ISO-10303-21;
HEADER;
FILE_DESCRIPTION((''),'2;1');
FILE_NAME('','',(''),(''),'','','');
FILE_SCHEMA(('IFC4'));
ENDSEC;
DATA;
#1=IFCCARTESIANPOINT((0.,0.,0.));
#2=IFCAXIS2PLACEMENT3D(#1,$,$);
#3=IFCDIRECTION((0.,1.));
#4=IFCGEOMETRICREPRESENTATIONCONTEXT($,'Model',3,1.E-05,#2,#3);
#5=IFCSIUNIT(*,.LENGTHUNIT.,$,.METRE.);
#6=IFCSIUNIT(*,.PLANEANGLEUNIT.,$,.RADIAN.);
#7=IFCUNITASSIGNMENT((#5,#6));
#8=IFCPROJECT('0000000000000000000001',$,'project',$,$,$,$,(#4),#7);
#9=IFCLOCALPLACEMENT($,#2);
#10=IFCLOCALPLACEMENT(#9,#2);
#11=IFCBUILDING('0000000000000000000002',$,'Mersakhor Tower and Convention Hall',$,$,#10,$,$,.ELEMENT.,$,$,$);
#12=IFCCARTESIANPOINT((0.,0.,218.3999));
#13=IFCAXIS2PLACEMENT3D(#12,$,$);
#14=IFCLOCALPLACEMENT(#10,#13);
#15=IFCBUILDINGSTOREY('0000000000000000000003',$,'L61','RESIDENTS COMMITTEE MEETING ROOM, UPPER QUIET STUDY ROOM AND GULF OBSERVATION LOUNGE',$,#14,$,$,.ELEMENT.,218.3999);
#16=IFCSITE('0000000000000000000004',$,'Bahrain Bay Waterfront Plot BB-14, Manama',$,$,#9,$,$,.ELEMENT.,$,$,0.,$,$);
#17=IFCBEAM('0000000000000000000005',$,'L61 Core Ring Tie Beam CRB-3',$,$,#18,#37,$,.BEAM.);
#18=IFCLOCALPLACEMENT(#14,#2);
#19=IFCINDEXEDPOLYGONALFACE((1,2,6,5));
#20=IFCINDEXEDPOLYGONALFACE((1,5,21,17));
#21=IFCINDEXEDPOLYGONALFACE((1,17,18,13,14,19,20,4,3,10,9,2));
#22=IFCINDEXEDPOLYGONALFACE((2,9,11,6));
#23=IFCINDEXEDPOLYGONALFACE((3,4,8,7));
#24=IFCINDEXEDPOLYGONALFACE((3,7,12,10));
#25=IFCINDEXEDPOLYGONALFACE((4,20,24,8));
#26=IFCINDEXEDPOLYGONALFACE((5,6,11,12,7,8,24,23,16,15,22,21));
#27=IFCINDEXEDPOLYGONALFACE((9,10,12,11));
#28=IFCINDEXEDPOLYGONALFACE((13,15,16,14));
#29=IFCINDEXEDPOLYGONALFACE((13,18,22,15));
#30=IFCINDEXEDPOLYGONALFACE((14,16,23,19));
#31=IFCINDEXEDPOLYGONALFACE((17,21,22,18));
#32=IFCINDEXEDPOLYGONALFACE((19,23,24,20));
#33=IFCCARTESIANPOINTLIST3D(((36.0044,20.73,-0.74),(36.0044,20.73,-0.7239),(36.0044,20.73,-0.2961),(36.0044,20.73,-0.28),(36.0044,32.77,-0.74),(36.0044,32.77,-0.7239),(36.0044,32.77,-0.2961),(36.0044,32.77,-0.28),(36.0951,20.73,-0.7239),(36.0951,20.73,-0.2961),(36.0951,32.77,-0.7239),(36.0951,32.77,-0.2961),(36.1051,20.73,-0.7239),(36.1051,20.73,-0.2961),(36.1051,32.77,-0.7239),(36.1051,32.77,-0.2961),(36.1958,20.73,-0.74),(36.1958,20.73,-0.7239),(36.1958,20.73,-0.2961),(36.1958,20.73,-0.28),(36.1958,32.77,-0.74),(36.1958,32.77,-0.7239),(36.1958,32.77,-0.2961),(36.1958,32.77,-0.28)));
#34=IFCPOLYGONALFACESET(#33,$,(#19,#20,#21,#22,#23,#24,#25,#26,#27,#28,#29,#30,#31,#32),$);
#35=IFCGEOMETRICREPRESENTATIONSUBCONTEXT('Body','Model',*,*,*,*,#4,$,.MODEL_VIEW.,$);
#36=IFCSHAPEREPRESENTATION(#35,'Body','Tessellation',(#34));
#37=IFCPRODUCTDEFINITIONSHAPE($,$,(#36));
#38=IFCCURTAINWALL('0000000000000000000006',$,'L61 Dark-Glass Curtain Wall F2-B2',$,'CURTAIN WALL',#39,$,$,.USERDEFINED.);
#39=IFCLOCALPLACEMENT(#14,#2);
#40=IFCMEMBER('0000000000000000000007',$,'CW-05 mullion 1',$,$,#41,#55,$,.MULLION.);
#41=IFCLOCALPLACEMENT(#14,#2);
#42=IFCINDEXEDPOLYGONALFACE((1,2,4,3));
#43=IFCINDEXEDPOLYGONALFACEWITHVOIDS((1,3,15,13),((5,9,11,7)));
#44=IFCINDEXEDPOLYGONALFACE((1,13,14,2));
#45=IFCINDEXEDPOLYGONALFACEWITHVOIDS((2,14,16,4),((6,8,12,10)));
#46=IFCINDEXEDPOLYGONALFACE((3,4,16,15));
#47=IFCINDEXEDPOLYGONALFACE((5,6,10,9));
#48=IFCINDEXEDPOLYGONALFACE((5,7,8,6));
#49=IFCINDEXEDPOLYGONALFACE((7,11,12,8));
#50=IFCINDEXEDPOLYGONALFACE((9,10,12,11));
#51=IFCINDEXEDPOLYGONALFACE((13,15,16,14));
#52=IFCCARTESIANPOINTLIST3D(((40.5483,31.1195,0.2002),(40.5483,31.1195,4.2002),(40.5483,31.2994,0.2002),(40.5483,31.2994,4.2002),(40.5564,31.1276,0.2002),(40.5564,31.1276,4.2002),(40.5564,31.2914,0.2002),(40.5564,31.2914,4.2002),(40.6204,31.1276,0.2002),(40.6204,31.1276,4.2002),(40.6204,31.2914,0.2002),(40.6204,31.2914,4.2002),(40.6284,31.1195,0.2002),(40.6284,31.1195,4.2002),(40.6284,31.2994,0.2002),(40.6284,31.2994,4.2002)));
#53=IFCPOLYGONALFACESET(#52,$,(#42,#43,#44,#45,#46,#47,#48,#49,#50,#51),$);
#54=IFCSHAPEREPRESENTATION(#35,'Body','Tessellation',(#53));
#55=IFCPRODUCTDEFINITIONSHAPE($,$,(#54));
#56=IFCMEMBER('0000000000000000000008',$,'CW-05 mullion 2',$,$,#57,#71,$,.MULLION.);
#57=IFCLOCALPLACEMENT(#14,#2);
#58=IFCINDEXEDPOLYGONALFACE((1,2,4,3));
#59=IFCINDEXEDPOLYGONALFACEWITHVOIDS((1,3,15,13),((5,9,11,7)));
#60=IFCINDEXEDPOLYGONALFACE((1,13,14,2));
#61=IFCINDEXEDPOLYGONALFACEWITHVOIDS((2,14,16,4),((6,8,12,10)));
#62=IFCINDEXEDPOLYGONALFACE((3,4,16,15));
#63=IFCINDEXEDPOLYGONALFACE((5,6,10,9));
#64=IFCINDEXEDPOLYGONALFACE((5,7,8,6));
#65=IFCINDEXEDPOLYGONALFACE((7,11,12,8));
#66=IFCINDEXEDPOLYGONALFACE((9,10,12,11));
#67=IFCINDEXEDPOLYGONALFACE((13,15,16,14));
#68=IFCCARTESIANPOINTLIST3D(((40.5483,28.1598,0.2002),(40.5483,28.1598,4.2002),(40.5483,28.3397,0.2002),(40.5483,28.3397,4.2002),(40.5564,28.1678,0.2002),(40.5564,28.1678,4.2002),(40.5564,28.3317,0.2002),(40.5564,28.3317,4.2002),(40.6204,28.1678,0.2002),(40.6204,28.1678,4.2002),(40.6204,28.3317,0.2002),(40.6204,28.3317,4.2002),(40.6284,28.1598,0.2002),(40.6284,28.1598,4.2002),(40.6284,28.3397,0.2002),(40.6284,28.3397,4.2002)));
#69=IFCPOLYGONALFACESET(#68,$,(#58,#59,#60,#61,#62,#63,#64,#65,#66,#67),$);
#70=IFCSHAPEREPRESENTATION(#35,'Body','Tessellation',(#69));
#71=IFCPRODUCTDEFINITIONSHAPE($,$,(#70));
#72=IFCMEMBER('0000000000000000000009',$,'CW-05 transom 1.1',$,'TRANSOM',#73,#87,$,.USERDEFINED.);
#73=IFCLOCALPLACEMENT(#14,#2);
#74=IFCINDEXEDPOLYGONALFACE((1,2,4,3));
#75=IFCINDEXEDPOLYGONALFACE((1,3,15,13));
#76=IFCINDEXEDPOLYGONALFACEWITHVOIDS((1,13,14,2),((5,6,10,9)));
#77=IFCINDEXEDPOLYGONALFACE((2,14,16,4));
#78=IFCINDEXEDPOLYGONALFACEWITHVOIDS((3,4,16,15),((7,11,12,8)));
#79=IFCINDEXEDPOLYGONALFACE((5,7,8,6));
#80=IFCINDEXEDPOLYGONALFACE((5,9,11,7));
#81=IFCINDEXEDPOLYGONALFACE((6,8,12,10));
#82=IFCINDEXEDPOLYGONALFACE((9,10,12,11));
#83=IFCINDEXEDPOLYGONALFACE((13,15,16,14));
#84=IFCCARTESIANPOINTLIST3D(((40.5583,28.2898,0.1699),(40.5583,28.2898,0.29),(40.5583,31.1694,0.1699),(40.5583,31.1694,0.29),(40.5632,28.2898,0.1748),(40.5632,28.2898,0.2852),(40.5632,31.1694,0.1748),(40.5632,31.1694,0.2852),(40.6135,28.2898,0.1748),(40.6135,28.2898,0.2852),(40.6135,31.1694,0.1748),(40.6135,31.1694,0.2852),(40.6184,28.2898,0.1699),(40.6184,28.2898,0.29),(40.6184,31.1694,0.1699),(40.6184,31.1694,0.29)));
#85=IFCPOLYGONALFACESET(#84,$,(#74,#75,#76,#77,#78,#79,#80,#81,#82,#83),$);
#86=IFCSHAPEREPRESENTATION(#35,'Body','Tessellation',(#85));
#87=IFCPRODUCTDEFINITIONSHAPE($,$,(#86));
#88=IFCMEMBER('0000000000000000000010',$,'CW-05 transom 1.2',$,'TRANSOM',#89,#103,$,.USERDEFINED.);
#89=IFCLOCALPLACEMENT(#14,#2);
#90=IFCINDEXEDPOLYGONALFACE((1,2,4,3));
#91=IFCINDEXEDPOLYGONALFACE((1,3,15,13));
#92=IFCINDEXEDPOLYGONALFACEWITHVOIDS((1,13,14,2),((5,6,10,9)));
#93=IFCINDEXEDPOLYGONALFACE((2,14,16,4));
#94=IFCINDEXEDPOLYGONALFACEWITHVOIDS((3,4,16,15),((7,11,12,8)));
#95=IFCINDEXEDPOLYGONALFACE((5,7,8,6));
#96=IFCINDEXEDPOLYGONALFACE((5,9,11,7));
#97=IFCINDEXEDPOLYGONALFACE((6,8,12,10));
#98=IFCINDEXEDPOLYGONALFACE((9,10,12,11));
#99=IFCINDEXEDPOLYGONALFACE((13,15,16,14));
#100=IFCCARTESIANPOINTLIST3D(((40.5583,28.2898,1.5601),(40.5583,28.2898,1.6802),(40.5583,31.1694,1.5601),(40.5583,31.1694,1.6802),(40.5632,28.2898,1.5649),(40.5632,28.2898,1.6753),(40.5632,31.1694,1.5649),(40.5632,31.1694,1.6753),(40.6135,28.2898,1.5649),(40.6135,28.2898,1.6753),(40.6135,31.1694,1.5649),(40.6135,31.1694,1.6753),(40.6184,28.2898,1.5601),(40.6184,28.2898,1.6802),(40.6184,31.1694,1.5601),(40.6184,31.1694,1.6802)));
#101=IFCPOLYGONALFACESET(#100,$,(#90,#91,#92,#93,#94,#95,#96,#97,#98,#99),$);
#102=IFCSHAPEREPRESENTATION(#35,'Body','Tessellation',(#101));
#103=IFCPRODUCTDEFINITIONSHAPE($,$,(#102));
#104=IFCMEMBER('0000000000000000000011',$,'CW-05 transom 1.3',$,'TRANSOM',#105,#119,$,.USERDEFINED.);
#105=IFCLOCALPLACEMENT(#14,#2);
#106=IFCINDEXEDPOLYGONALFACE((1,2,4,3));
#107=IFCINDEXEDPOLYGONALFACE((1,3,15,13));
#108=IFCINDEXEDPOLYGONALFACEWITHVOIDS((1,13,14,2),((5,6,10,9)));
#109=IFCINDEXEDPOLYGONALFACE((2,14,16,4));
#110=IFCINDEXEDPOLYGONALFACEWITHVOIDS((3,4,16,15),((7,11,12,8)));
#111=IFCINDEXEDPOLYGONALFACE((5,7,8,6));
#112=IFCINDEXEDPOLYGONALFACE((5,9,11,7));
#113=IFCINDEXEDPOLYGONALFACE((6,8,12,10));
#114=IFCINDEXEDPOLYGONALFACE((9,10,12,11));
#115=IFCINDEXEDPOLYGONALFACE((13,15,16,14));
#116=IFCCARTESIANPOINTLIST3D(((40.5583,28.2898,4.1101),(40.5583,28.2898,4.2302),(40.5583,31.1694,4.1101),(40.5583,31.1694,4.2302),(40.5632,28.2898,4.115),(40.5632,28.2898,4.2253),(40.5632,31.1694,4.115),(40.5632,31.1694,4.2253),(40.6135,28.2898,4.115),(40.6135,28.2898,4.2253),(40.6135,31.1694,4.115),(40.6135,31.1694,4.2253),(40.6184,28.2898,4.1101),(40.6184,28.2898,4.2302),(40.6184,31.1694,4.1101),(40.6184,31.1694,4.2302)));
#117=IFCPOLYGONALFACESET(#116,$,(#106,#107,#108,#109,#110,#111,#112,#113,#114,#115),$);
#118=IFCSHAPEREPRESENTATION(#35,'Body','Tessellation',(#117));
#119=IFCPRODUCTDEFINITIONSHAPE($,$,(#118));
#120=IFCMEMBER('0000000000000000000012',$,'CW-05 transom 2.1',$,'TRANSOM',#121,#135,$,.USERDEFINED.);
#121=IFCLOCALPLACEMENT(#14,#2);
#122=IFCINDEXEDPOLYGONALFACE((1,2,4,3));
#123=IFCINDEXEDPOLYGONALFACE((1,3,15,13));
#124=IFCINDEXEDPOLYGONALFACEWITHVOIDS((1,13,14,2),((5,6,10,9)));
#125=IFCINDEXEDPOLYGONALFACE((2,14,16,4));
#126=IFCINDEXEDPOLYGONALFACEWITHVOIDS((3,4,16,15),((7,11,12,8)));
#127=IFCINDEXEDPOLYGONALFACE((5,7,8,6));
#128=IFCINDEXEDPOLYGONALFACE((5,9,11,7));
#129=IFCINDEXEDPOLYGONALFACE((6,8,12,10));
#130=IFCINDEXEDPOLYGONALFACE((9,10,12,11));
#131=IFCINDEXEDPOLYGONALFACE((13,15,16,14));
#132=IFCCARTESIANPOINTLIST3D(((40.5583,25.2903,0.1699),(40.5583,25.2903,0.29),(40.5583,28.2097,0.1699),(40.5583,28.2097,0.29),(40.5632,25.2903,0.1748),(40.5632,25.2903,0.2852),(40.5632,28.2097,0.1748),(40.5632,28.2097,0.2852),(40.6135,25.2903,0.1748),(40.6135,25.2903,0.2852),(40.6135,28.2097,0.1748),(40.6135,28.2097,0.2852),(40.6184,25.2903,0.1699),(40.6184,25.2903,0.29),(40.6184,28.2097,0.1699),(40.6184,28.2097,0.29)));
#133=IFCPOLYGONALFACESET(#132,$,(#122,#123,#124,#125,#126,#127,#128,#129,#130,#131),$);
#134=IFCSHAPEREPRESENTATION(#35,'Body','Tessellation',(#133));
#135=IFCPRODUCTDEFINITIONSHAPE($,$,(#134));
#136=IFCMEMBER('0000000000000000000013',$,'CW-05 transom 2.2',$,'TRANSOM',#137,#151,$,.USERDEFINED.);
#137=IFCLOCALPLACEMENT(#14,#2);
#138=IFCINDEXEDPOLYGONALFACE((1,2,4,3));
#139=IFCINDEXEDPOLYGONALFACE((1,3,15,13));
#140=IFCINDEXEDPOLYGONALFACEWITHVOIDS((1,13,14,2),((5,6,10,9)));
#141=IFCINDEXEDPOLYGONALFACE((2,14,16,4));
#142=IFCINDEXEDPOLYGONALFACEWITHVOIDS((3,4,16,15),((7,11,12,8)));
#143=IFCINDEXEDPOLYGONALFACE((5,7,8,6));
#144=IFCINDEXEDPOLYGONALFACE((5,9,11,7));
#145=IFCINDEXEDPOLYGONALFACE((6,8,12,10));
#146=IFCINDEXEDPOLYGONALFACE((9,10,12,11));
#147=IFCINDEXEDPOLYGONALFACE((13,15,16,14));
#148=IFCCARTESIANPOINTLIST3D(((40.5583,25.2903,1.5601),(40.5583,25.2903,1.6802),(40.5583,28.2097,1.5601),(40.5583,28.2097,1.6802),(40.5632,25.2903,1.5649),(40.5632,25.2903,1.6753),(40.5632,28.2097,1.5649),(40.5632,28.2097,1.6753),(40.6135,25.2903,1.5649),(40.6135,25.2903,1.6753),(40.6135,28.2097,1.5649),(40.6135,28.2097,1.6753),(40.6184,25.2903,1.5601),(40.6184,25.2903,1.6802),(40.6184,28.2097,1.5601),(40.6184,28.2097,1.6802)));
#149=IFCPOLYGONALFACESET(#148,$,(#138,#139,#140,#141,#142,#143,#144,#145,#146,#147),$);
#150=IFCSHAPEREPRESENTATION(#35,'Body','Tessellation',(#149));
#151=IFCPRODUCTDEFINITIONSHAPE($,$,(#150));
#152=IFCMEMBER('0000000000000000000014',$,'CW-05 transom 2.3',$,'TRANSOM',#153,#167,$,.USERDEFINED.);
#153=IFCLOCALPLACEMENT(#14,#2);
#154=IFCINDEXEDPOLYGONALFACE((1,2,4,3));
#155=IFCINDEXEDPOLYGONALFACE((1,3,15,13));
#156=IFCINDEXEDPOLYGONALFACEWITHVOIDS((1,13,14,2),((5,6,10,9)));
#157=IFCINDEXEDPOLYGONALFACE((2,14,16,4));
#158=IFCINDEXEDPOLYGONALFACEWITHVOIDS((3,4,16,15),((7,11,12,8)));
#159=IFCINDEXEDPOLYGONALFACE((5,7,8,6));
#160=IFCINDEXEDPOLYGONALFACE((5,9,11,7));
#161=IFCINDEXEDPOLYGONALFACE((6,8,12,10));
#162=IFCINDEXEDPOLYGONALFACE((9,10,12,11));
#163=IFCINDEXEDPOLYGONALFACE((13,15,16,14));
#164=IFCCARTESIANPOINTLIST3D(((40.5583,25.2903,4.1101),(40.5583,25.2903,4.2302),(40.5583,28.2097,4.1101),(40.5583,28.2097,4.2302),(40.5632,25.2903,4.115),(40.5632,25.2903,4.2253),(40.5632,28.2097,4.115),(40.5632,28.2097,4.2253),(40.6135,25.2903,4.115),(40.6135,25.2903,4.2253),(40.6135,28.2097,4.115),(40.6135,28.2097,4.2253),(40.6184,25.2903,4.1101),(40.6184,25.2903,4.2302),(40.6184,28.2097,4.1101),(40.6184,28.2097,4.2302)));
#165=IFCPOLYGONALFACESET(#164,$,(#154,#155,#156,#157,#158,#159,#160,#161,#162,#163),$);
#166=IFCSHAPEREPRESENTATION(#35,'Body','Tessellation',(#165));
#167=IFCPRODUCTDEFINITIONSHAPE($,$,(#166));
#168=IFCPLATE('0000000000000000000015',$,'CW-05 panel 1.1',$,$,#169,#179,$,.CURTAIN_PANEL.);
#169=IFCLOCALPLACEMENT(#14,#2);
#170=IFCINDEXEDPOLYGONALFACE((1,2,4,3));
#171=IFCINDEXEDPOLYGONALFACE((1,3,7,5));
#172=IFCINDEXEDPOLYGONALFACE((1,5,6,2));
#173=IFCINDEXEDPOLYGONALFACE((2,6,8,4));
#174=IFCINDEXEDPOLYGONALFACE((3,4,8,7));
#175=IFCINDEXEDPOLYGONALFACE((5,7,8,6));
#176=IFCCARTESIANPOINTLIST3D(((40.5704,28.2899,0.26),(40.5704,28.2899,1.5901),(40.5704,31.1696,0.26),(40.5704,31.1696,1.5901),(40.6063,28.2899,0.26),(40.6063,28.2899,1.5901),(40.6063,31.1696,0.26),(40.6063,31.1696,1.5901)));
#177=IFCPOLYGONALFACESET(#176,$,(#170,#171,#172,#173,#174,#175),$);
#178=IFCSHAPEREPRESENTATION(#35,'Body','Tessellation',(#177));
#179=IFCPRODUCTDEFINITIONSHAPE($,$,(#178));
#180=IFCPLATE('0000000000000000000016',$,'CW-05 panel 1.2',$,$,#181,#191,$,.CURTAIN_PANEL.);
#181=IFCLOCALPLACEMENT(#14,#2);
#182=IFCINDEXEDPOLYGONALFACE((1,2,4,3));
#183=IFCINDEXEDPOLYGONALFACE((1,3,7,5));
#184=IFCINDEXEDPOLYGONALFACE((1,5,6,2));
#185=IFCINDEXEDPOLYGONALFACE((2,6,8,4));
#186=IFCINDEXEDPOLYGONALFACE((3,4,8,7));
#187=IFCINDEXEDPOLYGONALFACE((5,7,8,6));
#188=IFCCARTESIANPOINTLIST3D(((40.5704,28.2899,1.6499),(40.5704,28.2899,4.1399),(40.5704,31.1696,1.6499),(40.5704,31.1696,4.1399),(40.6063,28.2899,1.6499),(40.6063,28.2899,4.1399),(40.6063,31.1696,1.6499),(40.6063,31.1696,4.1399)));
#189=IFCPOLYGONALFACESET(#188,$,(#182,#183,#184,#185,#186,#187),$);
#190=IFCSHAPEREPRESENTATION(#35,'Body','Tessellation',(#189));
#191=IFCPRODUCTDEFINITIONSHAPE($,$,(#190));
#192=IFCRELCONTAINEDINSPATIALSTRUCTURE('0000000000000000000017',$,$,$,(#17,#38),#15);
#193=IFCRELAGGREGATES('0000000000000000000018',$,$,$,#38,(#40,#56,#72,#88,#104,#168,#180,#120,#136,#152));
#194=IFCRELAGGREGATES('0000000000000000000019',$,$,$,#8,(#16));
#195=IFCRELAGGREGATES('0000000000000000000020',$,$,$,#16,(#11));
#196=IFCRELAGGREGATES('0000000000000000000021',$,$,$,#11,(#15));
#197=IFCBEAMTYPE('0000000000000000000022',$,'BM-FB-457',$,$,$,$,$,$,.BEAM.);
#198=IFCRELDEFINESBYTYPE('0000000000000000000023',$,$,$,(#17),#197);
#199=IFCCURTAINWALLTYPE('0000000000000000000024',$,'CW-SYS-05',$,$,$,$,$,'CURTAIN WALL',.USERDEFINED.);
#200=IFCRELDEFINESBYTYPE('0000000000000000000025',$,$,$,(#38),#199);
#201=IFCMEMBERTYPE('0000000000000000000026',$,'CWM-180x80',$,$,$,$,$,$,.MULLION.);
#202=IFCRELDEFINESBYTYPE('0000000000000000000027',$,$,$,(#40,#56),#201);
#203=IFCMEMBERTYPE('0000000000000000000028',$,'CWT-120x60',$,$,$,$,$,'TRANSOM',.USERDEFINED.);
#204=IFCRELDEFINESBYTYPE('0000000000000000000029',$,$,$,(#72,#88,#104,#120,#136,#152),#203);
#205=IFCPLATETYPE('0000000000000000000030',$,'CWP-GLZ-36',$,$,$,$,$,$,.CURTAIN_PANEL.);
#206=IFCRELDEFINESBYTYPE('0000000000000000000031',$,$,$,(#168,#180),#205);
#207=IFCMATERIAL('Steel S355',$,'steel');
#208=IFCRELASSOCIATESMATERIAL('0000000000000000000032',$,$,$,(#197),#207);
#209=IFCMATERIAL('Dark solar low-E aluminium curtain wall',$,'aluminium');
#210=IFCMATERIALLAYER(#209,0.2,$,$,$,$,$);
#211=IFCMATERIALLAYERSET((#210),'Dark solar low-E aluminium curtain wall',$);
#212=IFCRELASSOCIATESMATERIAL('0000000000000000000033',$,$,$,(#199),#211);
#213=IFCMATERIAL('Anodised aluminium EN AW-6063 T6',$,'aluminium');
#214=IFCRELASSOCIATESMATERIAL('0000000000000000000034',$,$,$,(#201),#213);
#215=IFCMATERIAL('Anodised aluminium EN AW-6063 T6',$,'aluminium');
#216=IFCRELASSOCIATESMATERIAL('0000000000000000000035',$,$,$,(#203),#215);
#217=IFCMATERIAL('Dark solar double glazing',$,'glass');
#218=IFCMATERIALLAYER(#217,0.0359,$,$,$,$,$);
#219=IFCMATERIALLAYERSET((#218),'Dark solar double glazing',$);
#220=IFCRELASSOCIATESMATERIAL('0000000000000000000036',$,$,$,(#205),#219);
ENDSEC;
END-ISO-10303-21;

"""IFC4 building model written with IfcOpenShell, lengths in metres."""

from ifc_helpers import new_model, si_unit, direction, frame, origin, origin_2d, place, context, subcontext, project, spatial, rectangle, hollow_rectangle, i_section, extrude, material, layer, layer_set, material_profile, profile_set, type_object, element, aggregate, save


model = new_model("IFC4")

# Units and contexts
model_context = context("Model", 3, precision=1e-05, world=origin(), true_north=direction((0.0, 1.0)))
body_context = subcontext(model_context, "Body", "Model", "MODEL_VIEW")
ifc_project = project(units=[si_unit("LENGTHUNIT", "METRE"), si_unit("PLANEANGLEUNIT", "RADIAN")], contexts=[model_context])

# Site, building, storey
site_placement = place(None, origin())
site = spatial("IfcSite", under=ifc_project, at=site_placement, Name="Bahrain Bay Waterfront Plot BB-14, Manama", CompositionType="ELEMENT", RefElevation=0.0)
building_placement = place(site_placement, origin())
building = spatial("IfcBuilding", under=site, at=building_placement, Name="Mersakhor Tower and Convention Hall", CompositionType="ELEMENT")
storey_placement = place(building_placement, frame((0.0, 0.0, 218.3999)))
storey = spatial("IfcBuildingStorey", under=building, at=storey_placement, Name="L61", Description="RESIDENTS COMMITTEE MEETING ROOM, UPPER QUIET STUDY ROOM AND GULF OBSERVATION LOUNGE", CompositionType="ELEMENT", Elevation=218.3999)

# Beam
ifc_material_1 = material(Name="Steel S355", Category="steel")
ifc_material_profile_1 = material_profile(ifc_material_1, i_section(OverallWidth=0.1914, OverallDepth=0.46, WebThickness=0.01, FlangeThickness=0.0161, at=origin_2d()), Name="UB 457x191x82")
ifc_profile_set_1 = profile_set([ifc_material_profile_1], Name="Steel S355")
beam_type = type_object("IfcBeamType", Name="BM-FB-457", PredefinedType="BEAM", material=ifc_profile_set_1)
beam_placement = place(storey_placement, frame((36.1001, 32.77, -0.51), z_axis=(0.0, -1.0, 0.0), x_axis=(1.0, 0.0, 0.0)))
element("IfcBeam", 1, at=beam_placement, inside=storey, type_object=beam_type, Name="L61 Core Ring Tie Beam CRB-3", PredefinedType="BEAM", context=body_context, shape_type="SweptSolid", body=[
    extrude(i_section(OverallWidth=0.1914, OverallDepth=0.46, WebThickness=0.01, FlangeThickness=0.0161, at=origin_2d()), origin(), (0.0, 0.0, 1.0), 12.04),
])

# Curtain wall, members, plates
ifc_material_2 = material(Name="Dark solar low-E aluminium curtain wall", Category="aluminium")
ifc_layer_1 = layer(ifc_material_2, 0.2)
ifc_layer_set_1 = layer_set([ifc_layer_1], Name="Dark solar low-E aluminium curtain wall")
curtain_wall_type = type_object("IfcCurtainWallType", Name="CW-SYS-05", ElementType="CURTAIN WALL", PredefinedType="USERDEFINED", material=ifc_layer_set_1)
curtain_wall_placement = place(storey_placement, origin())
curtain_wall = element("IfcCurtainWall", 2, at=curtain_wall_placement, inside=storey, type_object=curtain_wall_type, Name="L61 Dark-Glass Curtain Wall F2-B2", ObjectType="CURTAIN WALL", PredefinedType="USERDEFINED")
ifc_material_3 = material(Name="Anodised aluminium EN AW-6063 T6", Category="aluminium")
ifc_material_profile_2 = material_profile(ifc_material_3, hollow_rectangle(XDim=0.0801, YDim=0.1799, WallThickness=0.0081, at=origin_2d()), Name="RHS 180x80x8")
ifc_profile_set_2 = profile_set([ifc_material_profile_2], Name="Anodised aluminium EN AW-6063 T6")
member_type_1 = type_object("IfcMemberType", Name="CWM-180x80", PredefinedType="MULLION", material=ifc_profile_set_2)
member_1_placement = place(storey_placement, frame((40.5884, 31.2095, 0.2002), z_axis=(0.0, 0.0, 1.0), x_axis=(1.0, 0.0, 0.0)))
member_1 = element("IfcMember", 3, at=member_1_placement, type_object=member_type_1, Name="CW-05 mullion 1", PredefinedType="MULLION", context=body_context, shape_type="SweptSolid", body=[
    extrude(hollow_rectangle(XDim=0.0801, YDim=0.1799, WallThickness=0.0081, at=origin_2d()), origin(), (0.0, 0.0, 1.0), 4.0),
])
member_2_placement = place(storey_placement, frame((40.5884, 28.2498, 0.2002), z_axis=(0.0, 0.0, 1.0), x_axis=(1.0, 0.0, 0.0)))
member_2 = element("IfcMember", 4, at=member_2_placement, type_object=member_type_1, Name="CW-05 mullion 2", PredefinedType="MULLION", context=body_context, shape_type="SweptSolid", body=[
    extrude(hollow_rectangle(XDim=0.0801, YDim=0.1799, WallThickness=0.0081, at=origin_2d()), origin(), (0.0, 0.0, 1.0), 4.0),
])
ifc_material_4 = material(Name="Anodised aluminium EN AW-6063 T6", Category="aluminium")
ifc_material_profile_3 = material_profile(ifc_material_4, hollow_rectangle(XDim=0.0601, YDim=0.1201, WallThickness=0.0049, at=origin_2d()), Name="RHS 120x60x5")
ifc_profile_set_3 = profile_set([ifc_material_profile_3], Name="Anodised aluminium EN AW-6063 T6")
member_type_2 = type_object("IfcMemberType", Name="CWT-120x60", ElementType="TRANSOM", PredefinedType="USERDEFINED", material=ifc_profile_set_3)
member_3_placement = place(storey_placement, frame((40.5884, 31.1694, 0.23), z_axis=(0.0, -1.0, 0.0), x_axis=(1.0, 0.0, 0.0)))
member_3 = element("IfcMember", 5, at=member_3_placement, type_object=member_type_2, Name="CW-05 transom 1.1", ObjectType="TRANSOM", PredefinedType="USERDEFINED", context=body_context, shape_type="SweptSolid", body=[
    extrude(hollow_rectangle(XDim=0.0601, YDim=0.1201, WallThickness=0.0049, at=origin_2d()), origin(), (0.0, 0.0, 1.0), 2.8796),
])
member_4_placement = place(storey_placement, frame((40.5884, 31.1694, 1.6201), z_axis=(0.0, -1.0, 0.0), x_axis=(1.0, 0.0, 0.0)))
member_4 = element("IfcMember", 6, at=member_4_placement, type_object=member_type_2, Name="CW-05 transom 1.2", ObjectType="TRANSOM", PredefinedType="USERDEFINED", context=body_context, shape_type="SweptSolid", body=[
    extrude(hollow_rectangle(XDim=0.0601, YDim=0.1201, WallThickness=0.0049, at=origin_2d()), origin(), (0.0, 0.0, 1.0), 2.8796),
])
member_5_placement = place(storey_placement, frame((40.5884, 31.1694, 4.1702), z_axis=(0.0, -1.0, 0.0), x_axis=(1.0, 0.0, 0.0)))
member_5 = element("IfcMember", 7, at=member_5_placement, type_object=member_type_2, Name="CW-05 transom 1.3", ObjectType="TRANSOM", PredefinedType="USERDEFINED", context=body_context, shape_type="SweptSolid", body=[
    extrude(hollow_rectangle(XDim=0.0601, YDim=0.1201, WallThickness=0.0049, at=origin_2d()), origin(), (0.0, 0.0, 1.0), 2.8796),
])
member_6_placement = place(storey_placement, frame((40.5884, 28.2097, 0.23), z_axis=(0.0, -1.0, 0.0), x_axis=(1.0, 0.0, 0.0)))
member_6 = element("IfcMember", 8, at=member_6_placement, type_object=member_type_2, Name="CW-05 transom 2.1", ObjectType="TRANSOM", PredefinedType="USERDEFINED", context=body_context, shape_type="SweptSolid", body=[
    extrude(hollow_rectangle(XDim=0.0601, YDim=0.1201, WallThickness=0.0049, at=origin_2d()), origin(), (0.0, 0.0, 1.0), 2.9194),
])
member_7_placement = place(storey_placement, frame((40.5884, 28.2097, 1.6201), z_axis=(0.0, -1.0, 0.0), x_axis=(1.0, 0.0, 0.0)))
member_7 = element("IfcMember", 9, at=member_7_placement, type_object=member_type_2, Name="CW-05 transom 2.2", ObjectType="TRANSOM", PredefinedType="USERDEFINED", context=body_context, shape_type="SweptSolid", body=[
    extrude(hollow_rectangle(XDim=0.0601, YDim=0.1201, WallThickness=0.0049, at=origin_2d()), origin(), (0.0, 0.0, 1.0), 2.9194),
])
member_8_placement = place(storey_placement, frame((40.5884, 28.2097, 4.1702), z_axis=(0.0, -1.0, 0.0), x_axis=(1.0, 0.0, 0.0)))
member_8 = element("IfcMember", 10, at=member_8_placement, type_object=member_type_2, Name="CW-05 transom 2.3", ObjectType="TRANSOM", PredefinedType="USERDEFINED", context=body_context, shape_type="SweptSolid", body=[
    extrude(hollow_rectangle(XDim=0.0601, YDim=0.1201, WallThickness=0.0049, at=origin_2d()), origin(), (0.0, 0.0, 1.0), 2.9194),
])
ifc_material_5 = material(Name="Dark solar double glazing", Category="glass")
ifc_layer_2 = layer(ifc_material_5, 0.0359)
ifc_layer_set_2 = layer_set([ifc_layer_2], Name="Dark solar double glazing")
plate_type_1 = type_object("IfcPlateType", Name="CWP-GLZ-36", PredefinedType="CURTAIN_PANEL", material=ifc_layer_set_2)
plate_1_placement = place(storey_placement, frame((40.5884, 29.7297, 0.26), z_axis=(0.0, 0.0, 1.0), x_axis=(0.0, -1.0, 0.0)))
plate_1 = element("IfcPlate", 11, at=plate_1_placement, type_object=plate_type_1, Name="CW-05 panel 1.1", PredefinedType="CURTAIN_PANEL", context=body_context, shape_type="SweptSolid", body=[
    extrude(rectangle(XDim=2.8796, YDim=0.0359, at=origin_2d()), origin(), (0.0, 0.0, 1.0), 1.3301),
])
plate_2_placement = place(storey_placement, frame((40.5884, 29.7297, 1.6499), z_axis=(0.0, 0.0, 1.0), x_axis=(0.0, -1.0, 0.0)))
plate_2 = element("IfcPlate", 12, at=plate_2_placement, type_object=plate_type_1, Name="CW-05 panel 1.2", PredefinedType="CURTAIN_PANEL", context=body_context, shape_type="SweptSolid", body=[
    extrude(rectangle(XDim=2.8796, YDim=0.0359, at=origin_2d()), origin(), (0.0, 0.0, 1.0), 2.49),
])
aggregate(curtain_wall, [member_1, member_2, member_3, member_4, member_5, plate_1, plate_2, member_6, member_7, member_8])

save(model, "model.ifc")
